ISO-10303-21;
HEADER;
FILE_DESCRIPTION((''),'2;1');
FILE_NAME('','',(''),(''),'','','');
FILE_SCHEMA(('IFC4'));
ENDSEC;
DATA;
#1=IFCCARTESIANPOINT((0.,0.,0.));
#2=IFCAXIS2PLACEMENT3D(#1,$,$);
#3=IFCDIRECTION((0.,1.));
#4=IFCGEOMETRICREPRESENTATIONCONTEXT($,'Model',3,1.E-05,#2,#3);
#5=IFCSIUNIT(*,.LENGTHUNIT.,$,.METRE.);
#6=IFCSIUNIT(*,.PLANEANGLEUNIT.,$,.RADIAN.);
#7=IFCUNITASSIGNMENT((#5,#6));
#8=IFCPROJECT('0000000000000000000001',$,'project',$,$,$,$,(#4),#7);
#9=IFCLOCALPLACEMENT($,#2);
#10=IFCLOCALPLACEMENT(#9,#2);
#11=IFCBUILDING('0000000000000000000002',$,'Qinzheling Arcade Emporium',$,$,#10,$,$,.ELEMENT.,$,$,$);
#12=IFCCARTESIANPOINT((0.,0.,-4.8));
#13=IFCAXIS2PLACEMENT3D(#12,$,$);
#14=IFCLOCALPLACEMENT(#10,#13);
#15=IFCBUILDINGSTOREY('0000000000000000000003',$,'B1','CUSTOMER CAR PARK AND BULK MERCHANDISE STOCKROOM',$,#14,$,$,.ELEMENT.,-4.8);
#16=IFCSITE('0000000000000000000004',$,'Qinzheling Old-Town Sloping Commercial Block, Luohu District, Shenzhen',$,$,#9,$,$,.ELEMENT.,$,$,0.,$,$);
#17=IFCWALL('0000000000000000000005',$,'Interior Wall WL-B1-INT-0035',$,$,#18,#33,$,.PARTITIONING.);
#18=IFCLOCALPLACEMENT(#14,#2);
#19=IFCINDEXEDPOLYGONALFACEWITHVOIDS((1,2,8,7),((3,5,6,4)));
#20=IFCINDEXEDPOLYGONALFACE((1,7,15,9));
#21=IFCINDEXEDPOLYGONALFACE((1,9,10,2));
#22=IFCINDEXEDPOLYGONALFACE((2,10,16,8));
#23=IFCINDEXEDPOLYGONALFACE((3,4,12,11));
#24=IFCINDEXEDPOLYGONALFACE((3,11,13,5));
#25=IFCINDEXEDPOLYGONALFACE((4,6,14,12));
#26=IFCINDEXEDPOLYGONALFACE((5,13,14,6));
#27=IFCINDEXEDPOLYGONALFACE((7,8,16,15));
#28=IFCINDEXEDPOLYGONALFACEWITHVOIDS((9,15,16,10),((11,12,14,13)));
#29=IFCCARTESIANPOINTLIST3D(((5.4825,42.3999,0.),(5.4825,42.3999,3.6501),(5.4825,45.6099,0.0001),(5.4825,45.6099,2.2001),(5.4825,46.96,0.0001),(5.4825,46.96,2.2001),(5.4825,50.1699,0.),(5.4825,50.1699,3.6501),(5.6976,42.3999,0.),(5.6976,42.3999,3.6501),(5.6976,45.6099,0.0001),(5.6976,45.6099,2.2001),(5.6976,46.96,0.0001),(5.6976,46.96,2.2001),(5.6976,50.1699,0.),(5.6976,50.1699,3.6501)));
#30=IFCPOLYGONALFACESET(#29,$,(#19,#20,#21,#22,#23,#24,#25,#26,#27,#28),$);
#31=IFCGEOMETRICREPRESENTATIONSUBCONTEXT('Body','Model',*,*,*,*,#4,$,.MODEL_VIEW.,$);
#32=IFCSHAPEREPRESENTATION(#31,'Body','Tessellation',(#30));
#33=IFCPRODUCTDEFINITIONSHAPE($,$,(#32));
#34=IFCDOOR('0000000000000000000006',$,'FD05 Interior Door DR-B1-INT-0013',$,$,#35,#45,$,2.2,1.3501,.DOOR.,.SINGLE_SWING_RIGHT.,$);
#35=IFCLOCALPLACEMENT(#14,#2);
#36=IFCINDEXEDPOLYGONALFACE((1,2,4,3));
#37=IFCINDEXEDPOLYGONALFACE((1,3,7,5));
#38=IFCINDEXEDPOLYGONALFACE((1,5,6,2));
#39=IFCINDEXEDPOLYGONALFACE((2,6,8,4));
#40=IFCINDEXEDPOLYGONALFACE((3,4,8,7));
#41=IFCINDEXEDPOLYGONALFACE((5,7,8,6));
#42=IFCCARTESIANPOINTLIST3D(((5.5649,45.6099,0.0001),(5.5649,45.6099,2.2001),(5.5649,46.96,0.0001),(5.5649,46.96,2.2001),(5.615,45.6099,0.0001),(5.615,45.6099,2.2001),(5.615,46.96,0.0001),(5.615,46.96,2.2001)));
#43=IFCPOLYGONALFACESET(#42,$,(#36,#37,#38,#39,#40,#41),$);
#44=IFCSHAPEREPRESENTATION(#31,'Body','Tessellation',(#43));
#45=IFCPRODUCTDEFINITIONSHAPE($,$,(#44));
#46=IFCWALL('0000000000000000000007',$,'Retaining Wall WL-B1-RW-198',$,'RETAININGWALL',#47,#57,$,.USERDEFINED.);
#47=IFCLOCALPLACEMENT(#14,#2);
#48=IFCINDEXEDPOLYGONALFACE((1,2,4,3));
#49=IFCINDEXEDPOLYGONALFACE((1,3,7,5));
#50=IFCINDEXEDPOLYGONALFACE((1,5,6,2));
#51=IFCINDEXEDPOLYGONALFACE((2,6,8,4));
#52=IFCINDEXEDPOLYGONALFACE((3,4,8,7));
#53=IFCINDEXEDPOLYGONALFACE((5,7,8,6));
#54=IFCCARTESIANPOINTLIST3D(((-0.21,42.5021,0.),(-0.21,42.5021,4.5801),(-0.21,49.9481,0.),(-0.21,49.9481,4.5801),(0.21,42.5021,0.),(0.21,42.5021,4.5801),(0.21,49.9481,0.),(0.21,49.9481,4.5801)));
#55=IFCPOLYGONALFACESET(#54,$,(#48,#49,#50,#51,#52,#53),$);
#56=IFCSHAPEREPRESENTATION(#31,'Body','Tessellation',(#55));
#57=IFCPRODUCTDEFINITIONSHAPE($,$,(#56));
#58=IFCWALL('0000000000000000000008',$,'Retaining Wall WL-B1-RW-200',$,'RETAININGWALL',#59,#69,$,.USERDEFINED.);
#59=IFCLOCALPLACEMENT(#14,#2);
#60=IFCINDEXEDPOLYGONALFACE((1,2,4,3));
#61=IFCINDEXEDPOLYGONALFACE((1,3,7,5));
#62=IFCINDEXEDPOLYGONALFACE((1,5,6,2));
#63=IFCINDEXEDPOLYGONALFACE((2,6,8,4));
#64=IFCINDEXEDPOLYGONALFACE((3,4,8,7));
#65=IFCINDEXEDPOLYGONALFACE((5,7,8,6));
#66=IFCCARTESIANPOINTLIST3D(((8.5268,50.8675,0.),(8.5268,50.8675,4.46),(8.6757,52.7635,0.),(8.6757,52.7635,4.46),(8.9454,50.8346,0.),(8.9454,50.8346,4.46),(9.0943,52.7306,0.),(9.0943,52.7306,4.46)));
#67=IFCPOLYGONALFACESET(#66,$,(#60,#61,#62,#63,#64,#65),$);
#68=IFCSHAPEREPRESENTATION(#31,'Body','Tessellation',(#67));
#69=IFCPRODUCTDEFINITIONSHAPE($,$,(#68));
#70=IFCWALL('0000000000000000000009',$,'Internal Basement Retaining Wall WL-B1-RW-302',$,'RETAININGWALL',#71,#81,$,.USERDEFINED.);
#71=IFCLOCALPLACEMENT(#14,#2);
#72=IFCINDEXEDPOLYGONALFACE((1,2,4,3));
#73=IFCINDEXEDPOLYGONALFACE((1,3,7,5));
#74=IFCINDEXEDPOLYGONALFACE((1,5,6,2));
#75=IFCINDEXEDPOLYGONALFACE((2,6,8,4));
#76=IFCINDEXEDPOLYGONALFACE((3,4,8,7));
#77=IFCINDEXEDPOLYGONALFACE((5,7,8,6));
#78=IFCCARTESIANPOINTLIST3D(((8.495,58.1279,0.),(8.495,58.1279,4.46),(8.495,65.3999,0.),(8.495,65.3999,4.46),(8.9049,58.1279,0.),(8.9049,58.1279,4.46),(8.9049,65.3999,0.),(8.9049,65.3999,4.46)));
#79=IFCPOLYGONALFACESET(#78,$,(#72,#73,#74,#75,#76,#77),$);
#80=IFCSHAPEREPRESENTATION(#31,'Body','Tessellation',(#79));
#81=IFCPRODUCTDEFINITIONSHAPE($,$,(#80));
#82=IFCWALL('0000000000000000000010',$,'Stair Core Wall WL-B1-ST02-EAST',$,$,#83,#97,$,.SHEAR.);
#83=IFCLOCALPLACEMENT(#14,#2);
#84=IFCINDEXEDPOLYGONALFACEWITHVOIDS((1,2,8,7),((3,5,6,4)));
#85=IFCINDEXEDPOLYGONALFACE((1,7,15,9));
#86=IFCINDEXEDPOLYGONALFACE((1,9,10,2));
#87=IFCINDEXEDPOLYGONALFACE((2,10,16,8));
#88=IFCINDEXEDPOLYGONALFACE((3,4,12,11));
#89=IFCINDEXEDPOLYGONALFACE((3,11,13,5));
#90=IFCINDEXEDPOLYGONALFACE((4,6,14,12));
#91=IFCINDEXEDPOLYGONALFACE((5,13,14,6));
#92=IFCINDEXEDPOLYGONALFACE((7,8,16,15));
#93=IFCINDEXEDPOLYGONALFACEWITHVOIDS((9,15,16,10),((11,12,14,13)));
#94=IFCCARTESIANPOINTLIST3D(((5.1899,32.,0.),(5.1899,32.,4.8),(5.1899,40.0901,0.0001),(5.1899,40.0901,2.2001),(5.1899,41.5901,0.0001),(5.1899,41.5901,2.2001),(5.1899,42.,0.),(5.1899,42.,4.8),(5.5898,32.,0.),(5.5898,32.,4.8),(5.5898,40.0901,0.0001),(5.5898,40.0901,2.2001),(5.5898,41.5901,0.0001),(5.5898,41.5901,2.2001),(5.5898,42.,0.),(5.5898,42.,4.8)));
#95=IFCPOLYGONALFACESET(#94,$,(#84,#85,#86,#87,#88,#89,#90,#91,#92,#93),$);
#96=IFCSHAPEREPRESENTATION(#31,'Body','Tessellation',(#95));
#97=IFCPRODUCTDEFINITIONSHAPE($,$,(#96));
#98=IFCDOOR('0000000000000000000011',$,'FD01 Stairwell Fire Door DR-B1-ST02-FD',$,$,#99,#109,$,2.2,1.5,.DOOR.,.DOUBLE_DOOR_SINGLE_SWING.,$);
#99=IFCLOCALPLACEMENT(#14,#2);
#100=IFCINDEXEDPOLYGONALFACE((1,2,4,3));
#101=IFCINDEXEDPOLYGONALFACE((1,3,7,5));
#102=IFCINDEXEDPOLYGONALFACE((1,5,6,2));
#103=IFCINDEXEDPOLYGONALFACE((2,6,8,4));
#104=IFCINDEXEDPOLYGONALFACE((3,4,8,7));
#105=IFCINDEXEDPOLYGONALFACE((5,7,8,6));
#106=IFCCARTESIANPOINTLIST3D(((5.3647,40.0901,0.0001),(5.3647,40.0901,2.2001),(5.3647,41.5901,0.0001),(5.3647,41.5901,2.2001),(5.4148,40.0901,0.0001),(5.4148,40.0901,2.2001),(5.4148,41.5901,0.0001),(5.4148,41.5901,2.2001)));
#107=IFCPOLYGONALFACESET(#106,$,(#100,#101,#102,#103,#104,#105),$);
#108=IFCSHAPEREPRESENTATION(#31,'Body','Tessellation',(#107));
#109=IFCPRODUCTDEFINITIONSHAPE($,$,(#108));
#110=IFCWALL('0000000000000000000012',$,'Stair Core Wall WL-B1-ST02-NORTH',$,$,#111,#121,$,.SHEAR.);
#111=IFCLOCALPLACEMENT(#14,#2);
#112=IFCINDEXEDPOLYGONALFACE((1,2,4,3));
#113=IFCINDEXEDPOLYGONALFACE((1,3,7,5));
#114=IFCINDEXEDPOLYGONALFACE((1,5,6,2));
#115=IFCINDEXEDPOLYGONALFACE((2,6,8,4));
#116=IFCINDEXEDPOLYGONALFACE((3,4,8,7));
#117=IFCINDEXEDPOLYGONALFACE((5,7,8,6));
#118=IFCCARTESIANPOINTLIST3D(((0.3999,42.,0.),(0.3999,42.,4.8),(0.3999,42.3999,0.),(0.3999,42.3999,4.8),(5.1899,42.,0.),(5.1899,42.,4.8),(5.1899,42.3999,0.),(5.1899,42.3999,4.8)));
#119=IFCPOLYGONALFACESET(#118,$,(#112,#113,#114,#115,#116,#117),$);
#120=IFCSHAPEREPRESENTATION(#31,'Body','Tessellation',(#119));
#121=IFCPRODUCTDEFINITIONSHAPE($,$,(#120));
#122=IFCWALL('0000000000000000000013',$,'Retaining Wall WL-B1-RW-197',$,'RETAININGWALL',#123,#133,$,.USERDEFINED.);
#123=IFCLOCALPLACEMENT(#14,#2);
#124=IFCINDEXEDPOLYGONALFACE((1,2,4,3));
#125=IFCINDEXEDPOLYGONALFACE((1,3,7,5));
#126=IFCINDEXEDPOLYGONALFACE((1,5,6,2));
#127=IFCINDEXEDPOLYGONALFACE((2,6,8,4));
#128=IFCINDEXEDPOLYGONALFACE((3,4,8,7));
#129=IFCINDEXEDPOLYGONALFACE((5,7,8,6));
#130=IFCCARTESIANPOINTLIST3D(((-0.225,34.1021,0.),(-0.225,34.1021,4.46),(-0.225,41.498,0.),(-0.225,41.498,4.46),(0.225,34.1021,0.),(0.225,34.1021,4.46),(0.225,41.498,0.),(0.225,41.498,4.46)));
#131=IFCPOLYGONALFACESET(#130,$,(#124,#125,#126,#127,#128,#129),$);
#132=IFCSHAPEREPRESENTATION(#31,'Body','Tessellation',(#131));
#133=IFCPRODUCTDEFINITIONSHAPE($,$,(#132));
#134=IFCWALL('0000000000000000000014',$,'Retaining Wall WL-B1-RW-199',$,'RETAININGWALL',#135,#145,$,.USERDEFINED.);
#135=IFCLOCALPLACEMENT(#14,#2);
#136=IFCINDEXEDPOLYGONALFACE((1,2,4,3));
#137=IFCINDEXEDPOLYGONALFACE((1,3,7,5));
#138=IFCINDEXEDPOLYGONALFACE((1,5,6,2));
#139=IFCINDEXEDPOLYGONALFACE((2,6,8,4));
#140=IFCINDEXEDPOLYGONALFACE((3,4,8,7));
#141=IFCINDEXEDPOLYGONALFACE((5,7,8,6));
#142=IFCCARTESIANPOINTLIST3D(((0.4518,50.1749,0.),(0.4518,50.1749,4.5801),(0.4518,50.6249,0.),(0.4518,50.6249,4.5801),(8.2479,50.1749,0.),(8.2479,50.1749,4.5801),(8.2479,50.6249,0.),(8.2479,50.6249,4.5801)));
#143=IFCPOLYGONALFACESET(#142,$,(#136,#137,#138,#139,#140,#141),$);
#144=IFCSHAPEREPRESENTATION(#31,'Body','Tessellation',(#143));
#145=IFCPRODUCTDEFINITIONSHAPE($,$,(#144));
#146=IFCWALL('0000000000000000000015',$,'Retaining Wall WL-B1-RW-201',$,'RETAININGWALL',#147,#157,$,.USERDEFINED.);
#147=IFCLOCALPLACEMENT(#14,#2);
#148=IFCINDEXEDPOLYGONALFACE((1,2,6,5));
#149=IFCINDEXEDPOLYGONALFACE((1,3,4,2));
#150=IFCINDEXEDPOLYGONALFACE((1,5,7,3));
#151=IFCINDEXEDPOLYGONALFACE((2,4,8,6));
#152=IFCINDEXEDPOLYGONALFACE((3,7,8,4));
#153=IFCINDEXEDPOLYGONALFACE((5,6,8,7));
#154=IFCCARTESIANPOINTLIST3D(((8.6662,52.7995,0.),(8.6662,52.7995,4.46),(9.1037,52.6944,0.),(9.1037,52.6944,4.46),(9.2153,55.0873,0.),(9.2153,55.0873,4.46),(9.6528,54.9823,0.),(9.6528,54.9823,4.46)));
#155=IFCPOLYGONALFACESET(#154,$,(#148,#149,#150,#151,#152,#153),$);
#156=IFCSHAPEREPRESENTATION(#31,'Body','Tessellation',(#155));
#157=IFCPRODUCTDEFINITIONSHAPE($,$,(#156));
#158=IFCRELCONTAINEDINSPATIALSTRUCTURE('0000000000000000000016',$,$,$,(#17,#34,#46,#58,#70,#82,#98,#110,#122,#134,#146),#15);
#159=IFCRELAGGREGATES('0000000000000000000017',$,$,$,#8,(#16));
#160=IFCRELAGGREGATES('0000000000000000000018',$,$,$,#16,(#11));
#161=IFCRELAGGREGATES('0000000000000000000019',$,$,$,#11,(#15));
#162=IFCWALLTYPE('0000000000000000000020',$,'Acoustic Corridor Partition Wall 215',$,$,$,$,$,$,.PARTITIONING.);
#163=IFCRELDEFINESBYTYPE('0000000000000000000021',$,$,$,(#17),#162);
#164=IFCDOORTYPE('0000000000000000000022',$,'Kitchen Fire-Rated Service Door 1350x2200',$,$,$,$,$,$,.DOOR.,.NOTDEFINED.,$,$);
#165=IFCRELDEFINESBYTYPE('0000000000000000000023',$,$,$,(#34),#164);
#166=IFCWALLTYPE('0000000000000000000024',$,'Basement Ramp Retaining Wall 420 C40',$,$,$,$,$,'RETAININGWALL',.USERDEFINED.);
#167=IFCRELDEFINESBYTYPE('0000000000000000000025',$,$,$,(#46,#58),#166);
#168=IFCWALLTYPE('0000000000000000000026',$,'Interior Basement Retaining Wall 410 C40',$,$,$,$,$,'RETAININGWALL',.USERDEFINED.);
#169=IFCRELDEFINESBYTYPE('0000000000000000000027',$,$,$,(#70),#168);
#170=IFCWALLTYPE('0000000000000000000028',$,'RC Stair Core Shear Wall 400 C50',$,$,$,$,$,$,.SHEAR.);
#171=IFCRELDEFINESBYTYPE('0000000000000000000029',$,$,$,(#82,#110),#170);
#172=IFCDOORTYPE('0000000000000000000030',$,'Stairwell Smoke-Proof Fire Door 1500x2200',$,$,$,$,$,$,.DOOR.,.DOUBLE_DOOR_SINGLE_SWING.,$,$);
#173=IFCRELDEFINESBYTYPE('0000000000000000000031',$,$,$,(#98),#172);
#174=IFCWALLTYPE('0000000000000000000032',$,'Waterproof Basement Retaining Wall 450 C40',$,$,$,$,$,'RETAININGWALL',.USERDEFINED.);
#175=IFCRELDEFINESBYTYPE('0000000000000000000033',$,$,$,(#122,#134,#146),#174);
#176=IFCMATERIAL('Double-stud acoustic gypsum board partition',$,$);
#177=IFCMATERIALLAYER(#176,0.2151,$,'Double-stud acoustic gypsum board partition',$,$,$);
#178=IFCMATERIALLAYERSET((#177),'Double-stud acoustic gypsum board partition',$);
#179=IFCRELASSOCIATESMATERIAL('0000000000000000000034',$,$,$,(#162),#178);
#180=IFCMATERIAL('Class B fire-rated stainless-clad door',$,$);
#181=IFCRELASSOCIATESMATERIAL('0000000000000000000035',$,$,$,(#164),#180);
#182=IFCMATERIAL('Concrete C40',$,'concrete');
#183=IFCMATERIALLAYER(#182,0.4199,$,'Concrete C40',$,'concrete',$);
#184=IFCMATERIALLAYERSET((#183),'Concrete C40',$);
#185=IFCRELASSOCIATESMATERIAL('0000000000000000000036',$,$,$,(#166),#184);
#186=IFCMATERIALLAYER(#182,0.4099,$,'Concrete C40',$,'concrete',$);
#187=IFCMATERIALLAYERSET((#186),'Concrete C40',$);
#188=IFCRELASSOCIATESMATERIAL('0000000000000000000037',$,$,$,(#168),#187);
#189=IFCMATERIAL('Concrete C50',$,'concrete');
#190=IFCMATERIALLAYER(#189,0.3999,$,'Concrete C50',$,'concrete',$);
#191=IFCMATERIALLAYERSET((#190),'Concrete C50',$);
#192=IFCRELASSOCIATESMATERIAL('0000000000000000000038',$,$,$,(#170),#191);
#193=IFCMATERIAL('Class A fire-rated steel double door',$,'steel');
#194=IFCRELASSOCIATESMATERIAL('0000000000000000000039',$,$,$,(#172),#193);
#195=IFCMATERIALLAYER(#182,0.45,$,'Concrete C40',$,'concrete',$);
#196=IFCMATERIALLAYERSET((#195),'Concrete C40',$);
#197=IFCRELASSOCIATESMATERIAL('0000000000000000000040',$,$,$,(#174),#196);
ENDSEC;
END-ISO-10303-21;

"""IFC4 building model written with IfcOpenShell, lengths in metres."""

from ifc_helpers import new_model, si_unit, direction, frame, frame_2d, origin, place, context, subcontext, project, spatial, rectangle, extrude, material, layer, layer_set, type_object, element, fill, save


model = new_model("IFC4")

# Units and contexts
model_context = context("Model", 3, precision=1e-05, world=origin(), true_north=direction((0.0, 1.0)))
body_context = subcontext(model_context, "Body", "Model", "MODEL_VIEW")
ifc_project = project(units=[si_unit("LENGTHUNIT", "METRE"), si_unit("PLANEANGLEUNIT", "RADIAN")], contexts=[model_context])

# Site, building, storey
site_placement = place(None, origin())
site = spatial("IfcSite", under=ifc_project, at=site_placement, Name="Qinzheling Old-Town Sloping Commercial Block, Luohu District, Shenzhen", CompositionType="ELEMENT", RefElevation=0.0)
building_placement = place(site_placement, origin())
building = spatial("IfcBuilding", under=site, at=building_placement, Name="Qinzheling Arcade Emporium", CompositionType="ELEMENT")
storey_placement = place(building_placement, frame((0.0, 0.0, -4.8)))
storey = spatial("IfcBuildingStorey", under=building, at=storey_placement, Name="B1", Description="CUSTOMER CAR PARK AND BULK MERCHANDISE STOCKROOM", CompositionType="ELEMENT", Elevation=-4.8)

# Shared definitions
ifc_material_1 = material(Name="Concrete C50", Category="concrete")

# Shared definitions
ifc_material_2 = material(Name="Concrete C40", Category="concrete")

# Shared definitions
ifc_material_3 = material(Name="Double-stud acoustic gypsum board partition")
ifc_layer_1 = layer(ifc_material_3, 0.2151, Name="Double-stud acoustic gypsum board partition")
ifc_layer_set_1 = layer_set([ifc_layer_1], Name="Double-stud acoustic gypsum board partition")
wall_type_1 = type_object("IfcWallType", Name="Acoustic Corridor Partition Wall 215", PredefinedType="PARTITIONING", material=ifc_layer_set_1)

# Wall, opening, door
wall_1_placement = place(storey_placement, frame((5.5901, 50.1699, 0.0), z_axis=(0.0, 0.0, 1.0), x_axis=(0.0, -1.0, 0.0)))
wall_1 = element("IfcWall", 1, at=wall_1_placement, inside=storey, type_object=wall_type_1, Name="Interior Wall WL-B1-INT-0035", PredefinedType="PARTITIONING", context=body_context, shape_type="SweptSolid", body=[
    extrude(rectangle(XDim=7.77, YDim=0.2151, at=frame_2d((3.885, 0.0))), origin(), (0.0, 0.0, 1.0), 3.6501),
])
opening_1_placement = place(wall_1_placement, frame((3.21, 0.0, 0.0)))
opening_1 = element("IfcOpeningElement", 2, at=opening_1_placement, cuts=wall_1, PredefinedType="OPENING", context=body_context, shape_type="SweptSolid", body=[
    extrude(rectangle(XDim=1.3501, YDim=2.2, at=frame_2d((0.675, 1.1001))), frame((0.0, 0.1177, 0.0), z_axis=(0.0, -1.0, 0.0), x_axis=(1.0, 0.0, 0.0)), (0.0, 0.0, 1.0), 0.2351),
])
ifc_material_4 = material(Name="Class B fire-rated stainless-clad door")
door_type_1 = type_object("IfcDoorType", Name="Kitchen Fire-Rated Service Door 1350x2200", OperationType="NOTDEFINED", PredefinedType="DOOR", material=ifc_material_4)
door_1_placement = place(opening_1_placement, origin())
door_1 = element("IfcDoor", 3, at=door_1_placement, inside=storey, type_object=door_type_1, Name="FD05 Interior Door DR-B1-INT-0013", OperationType="SINGLE_SWING_RIGHT", OverallHeight=2.2, OverallWidth=1.3501, PredefinedType="DOOR", context=body_context, shape_type="SweptSolid", body=[
    extrude(rectangle(XDim=1.3501, YDim=2.2, at=frame_2d((0.675, 1.1001))), frame((0.0, 0.0249, 0.0), z_axis=(0.0, -1.0, 0.0), x_axis=(1.0, 0.0, 0.0)), (0.0, 0.0, 1.0), 0.05),
])
fill(opening_1, door_1)

# Walls
ifc_layer_2 = layer(ifc_material_2, 0.4199, Name="Concrete C40", Category="concrete")
ifc_layer_set_2 = layer_set([ifc_layer_2], Name="Concrete C40")
wall_type_2 = type_object("IfcWallType", Name="Basement Ramp Retaining Wall 420 C40", ElementType="RETAININGWALL", PredefinedType="USERDEFINED", material=ifc_layer_set_2)
wall_2_placement = place(storey_placement, frame((0.0, 42.502, 0.0), z_axis=(0.0, 0.0, 1.0), x_axis=(0.0, 1.0, 0.0)))
element("IfcWall", 4, at=wall_2_placement, inside=storey, type_object=wall_type_2, Name="Retaining Wall WL-B1-RW-198", ObjectType="RETAININGWALL", PredefinedType="USERDEFINED", context=body_context, shape_type="SweptSolid", body=[
    extrude(rectangle(XDim=7.446, YDim=0.4199, at=frame_2d((3.7231, 0.0))), origin(), (0.0, 0.0, 1.0), 4.5801),
])
wall_3_placement = place(storey_placement, frame((8.7361, 50.8511, 0.0), z_axis=(0.0, 0.0, 1.0), x_axis=(0.078306, 0.996929, 0.0)))
element("IfcWall", 5, at=wall_3_placement, inside=storey, type_object=wall_type_2, Name="Retaining Wall WL-B1-RW-200", ObjectType="RETAININGWALL", PredefinedType="USERDEFINED", context=body_context, shape_type="SweptSolid", body=[
    extrude(rectangle(XDim=1.9019, YDim=0.4199, at=frame_2d((0.9509, 0.0))), origin(), (0.0, 0.0, 1.0), 4.46),
])
ifc_layer_3 = layer(ifc_material_2, 0.4099, Name="Concrete C40", Category="concrete")
ifc_layer_set_3 = layer_set([ifc_layer_3], Name="Concrete C40")
wall_type_3 = type_object("IfcWallType", Name="Interior Basement Retaining Wall 410 C40", ElementType="RETAININGWALL", PredefinedType="USERDEFINED", material=ifc_layer_set_3)
wall_4_placement = place(storey_placement, frame((8.7, 58.1279, 0.0), z_axis=(0.0, 0.0, 1.0), x_axis=(0.0, 1.0, 0.0)))
element("IfcWall", 6, at=wall_4_placement, inside=storey, type_object=wall_type_3, Name="Internal Basement Retaining Wall WL-B1-RW-302", ObjectType="RETAININGWALL", PredefinedType="USERDEFINED", context=body_context, shape_type="SweptSolid", body=[
    extrude(rectangle(XDim=7.272, YDim=0.4099, at=frame_2d((3.636, 0.0))), origin(), (0.0, 0.0, 1.0), 4.46),
])

# Wall, opening, door
ifc_layer_4 = layer(ifc_material_1, 0.3999, Name="Concrete C50", Category="concrete")
ifc_layer_set_4 = layer_set([ifc_layer_4], Name="Concrete C50")
wall_type_4 = type_object("IfcWallType", Name="RC Stair Core Shear Wall 400 C50", PredefinedType="SHEAR", material=ifc_layer_set_4)
wall_5_placement = place(storey_placement, frame((5.3899, 42.0, 0.0), z_axis=(0.0, 0.0, 1.0), x_axis=(0.0, -1.0, 0.0)))
wall_5 = element("IfcWall", 7, at=wall_5_placement, inside=storey, type_object=wall_type_4, Name="Stair Core Wall WL-B1-ST02-EAST", PredefinedType="SHEAR", context=body_context, shape_type="SweptSolid", body=[
    extrude(rectangle(XDim=10.0, YDim=0.3999, at=frame_2d((5.0, 0.0))), origin(), (0.0, 0.0, 1.0), 4.8),
])
opening_2_placement = place(wall_5_placement, frame((0.4099, 0.0, 0.0)))
opening_2 = element("IfcOpeningElement", 8, at=opening_2_placement, cuts=wall_5, PredefinedType="OPENING", context=body_context, shape_type="SweptSolid", body=[
    extrude(rectangle(XDim=1.5, YDim=2.2, at=frame_2d((0.75, 1.1001))), frame((0.0, 0.21, 0.0), z_axis=(0.0, -1.0, 0.0), x_axis=(1.0, 0.0, 0.0)), (0.0, 0.0, 1.0), 0.4199),
])
ifc_material_5 = material(Name="Class A fire-rated steel double door", Category="steel")
door_type_2 = type_object("IfcDoorType", Name="Stairwell Smoke-Proof Fire Door 1500x2200", OperationType="DOUBLE_DOOR_SINGLE_SWING", PredefinedType="DOOR", material=ifc_material_5)
door_2_placement = place(opening_2_placement, origin())
door_2 = element("IfcDoor", 9, at=door_2_placement, inside=storey, type_object=door_type_2, Name="FD01 Stairwell Fire Door DR-B1-ST02-FD", OperationType="DOUBLE_DOOR_SINGLE_SWING", OverallHeight=2.2, OverallWidth=1.5, PredefinedType="DOOR", context=body_context, shape_type="SweptSolid", body=[
    extrude(rectangle(XDim=1.5, YDim=2.2, at=frame_2d((0.75, 1.1001))), frame((0.0, 0.0249, 0.0), z_axis=(0.0, -1.0, 0.0), x_axis=(1.0, 0.0, 0.0)), (0.0, 0.0, 1.0), 0.05),
])
fill(opening_2, door_2)

# Walls
wall_6_placement = place(storey_placement, frame((0.3999, 42.2, 0.0), z_axis=(0.0, 0.0, 1.0), x_axis=(1.0, 0.0, 0.0)))
element("IfcWall", 10, at=wall_6_placement, inside=storey, type_object=wall_type_4, Name="Stair Core Wall WL-B1-ST02-NORTH", PredefinedType="SHEAR", context=body_context, shape_type="SweptSolid", body=[
    extrude(rectangle(XDim=4.79, YDim=0.3999, at=frame_2d((2.395, 0.0))), origin(), (0.0, 0.0, 1.0), 4.8),
])
ifc_layer_5 = layer(ifc_material_2, 0.45, Name="Concrete C40", Category="concrete")
ifc_layer_set_5 = layer_set([ifc_layer_5], Name="Concrete C40")
wall_type_5 = type_object("IfcWallType", Name="Waterproof Basement Retaining Wall 450 C40", ElementType="RETAININGWALL", PredefinedType="USERDEFINED", material=ifc_layer_set_5)
wall_7_placement = place(storey_placement, frame((0.0, 34.1021, 0.0), z_axis=(0.0, 0.0, 1.0), x_axis=(0.0, 1.0, 0.0)))
element("IfcWall", 11, at=wall_7_placement, inside=storey, type_object=wall_type_5, Name="Retaining Wall WL-B1-RW-197", ObjectType="RETAININGWALL", PredefinedType="USERDEFINED", context=body_context, shape_type="SweptSolid", body=[
    extrude(rectangle(XDim=7.396, YDim=0.45, at=frame_2d((3.698, 0.0))), origin(), (0.0, 0.0, 1.0), 4.46),
])
wall_8_placement = place(storey_placement, frame((0.4519, 50.3999, 0.0), z_axis=(0.0, 0.0, 1.0), x_axis=(1.0, 0.0, 0.0)))
element("IfcWall", 12, at=wall_8_placement, inside=storey, type_object=wall_type_5, Name="Retaining Wall WL-B1-RW-199", ObjectType="RETAININGWALL", PredefinedType="USERDEFINED", context=body_context, shape_type="SweptSolid", body=[
    extrude(rectangle(XDim=7.7961, YDim=0.45, at=frame_2d((3.8979, 0.0))), origin(), (0.0, 0.0, 1.0), 4.5801),
])
wall_9_placement = place(storey_placement, frame((8.885, 52.7471, 0.0), z_axis=(0.0, 0.0, 1.0), x_axis=(0.233369, 0.972388, 0.0)))
element("IfcWall", 13, at=wall_9_placement, inside=storey, type_object=wall_type_5, Name="Retaining Wall WL-B1-RW-201", ObjectType="RETAININGWALL", PredefinedType="USERDEFINED", context=body_context, shape_type="SweptSolid", body=[
    extrude(rectangle(XDim=2.3528, YDim=0.45, at=frame_2d((1.1763, 0.0))), origin(), (0.0, 0.0, 1.0), 4.46),
])

save(model, "model.ifc")
